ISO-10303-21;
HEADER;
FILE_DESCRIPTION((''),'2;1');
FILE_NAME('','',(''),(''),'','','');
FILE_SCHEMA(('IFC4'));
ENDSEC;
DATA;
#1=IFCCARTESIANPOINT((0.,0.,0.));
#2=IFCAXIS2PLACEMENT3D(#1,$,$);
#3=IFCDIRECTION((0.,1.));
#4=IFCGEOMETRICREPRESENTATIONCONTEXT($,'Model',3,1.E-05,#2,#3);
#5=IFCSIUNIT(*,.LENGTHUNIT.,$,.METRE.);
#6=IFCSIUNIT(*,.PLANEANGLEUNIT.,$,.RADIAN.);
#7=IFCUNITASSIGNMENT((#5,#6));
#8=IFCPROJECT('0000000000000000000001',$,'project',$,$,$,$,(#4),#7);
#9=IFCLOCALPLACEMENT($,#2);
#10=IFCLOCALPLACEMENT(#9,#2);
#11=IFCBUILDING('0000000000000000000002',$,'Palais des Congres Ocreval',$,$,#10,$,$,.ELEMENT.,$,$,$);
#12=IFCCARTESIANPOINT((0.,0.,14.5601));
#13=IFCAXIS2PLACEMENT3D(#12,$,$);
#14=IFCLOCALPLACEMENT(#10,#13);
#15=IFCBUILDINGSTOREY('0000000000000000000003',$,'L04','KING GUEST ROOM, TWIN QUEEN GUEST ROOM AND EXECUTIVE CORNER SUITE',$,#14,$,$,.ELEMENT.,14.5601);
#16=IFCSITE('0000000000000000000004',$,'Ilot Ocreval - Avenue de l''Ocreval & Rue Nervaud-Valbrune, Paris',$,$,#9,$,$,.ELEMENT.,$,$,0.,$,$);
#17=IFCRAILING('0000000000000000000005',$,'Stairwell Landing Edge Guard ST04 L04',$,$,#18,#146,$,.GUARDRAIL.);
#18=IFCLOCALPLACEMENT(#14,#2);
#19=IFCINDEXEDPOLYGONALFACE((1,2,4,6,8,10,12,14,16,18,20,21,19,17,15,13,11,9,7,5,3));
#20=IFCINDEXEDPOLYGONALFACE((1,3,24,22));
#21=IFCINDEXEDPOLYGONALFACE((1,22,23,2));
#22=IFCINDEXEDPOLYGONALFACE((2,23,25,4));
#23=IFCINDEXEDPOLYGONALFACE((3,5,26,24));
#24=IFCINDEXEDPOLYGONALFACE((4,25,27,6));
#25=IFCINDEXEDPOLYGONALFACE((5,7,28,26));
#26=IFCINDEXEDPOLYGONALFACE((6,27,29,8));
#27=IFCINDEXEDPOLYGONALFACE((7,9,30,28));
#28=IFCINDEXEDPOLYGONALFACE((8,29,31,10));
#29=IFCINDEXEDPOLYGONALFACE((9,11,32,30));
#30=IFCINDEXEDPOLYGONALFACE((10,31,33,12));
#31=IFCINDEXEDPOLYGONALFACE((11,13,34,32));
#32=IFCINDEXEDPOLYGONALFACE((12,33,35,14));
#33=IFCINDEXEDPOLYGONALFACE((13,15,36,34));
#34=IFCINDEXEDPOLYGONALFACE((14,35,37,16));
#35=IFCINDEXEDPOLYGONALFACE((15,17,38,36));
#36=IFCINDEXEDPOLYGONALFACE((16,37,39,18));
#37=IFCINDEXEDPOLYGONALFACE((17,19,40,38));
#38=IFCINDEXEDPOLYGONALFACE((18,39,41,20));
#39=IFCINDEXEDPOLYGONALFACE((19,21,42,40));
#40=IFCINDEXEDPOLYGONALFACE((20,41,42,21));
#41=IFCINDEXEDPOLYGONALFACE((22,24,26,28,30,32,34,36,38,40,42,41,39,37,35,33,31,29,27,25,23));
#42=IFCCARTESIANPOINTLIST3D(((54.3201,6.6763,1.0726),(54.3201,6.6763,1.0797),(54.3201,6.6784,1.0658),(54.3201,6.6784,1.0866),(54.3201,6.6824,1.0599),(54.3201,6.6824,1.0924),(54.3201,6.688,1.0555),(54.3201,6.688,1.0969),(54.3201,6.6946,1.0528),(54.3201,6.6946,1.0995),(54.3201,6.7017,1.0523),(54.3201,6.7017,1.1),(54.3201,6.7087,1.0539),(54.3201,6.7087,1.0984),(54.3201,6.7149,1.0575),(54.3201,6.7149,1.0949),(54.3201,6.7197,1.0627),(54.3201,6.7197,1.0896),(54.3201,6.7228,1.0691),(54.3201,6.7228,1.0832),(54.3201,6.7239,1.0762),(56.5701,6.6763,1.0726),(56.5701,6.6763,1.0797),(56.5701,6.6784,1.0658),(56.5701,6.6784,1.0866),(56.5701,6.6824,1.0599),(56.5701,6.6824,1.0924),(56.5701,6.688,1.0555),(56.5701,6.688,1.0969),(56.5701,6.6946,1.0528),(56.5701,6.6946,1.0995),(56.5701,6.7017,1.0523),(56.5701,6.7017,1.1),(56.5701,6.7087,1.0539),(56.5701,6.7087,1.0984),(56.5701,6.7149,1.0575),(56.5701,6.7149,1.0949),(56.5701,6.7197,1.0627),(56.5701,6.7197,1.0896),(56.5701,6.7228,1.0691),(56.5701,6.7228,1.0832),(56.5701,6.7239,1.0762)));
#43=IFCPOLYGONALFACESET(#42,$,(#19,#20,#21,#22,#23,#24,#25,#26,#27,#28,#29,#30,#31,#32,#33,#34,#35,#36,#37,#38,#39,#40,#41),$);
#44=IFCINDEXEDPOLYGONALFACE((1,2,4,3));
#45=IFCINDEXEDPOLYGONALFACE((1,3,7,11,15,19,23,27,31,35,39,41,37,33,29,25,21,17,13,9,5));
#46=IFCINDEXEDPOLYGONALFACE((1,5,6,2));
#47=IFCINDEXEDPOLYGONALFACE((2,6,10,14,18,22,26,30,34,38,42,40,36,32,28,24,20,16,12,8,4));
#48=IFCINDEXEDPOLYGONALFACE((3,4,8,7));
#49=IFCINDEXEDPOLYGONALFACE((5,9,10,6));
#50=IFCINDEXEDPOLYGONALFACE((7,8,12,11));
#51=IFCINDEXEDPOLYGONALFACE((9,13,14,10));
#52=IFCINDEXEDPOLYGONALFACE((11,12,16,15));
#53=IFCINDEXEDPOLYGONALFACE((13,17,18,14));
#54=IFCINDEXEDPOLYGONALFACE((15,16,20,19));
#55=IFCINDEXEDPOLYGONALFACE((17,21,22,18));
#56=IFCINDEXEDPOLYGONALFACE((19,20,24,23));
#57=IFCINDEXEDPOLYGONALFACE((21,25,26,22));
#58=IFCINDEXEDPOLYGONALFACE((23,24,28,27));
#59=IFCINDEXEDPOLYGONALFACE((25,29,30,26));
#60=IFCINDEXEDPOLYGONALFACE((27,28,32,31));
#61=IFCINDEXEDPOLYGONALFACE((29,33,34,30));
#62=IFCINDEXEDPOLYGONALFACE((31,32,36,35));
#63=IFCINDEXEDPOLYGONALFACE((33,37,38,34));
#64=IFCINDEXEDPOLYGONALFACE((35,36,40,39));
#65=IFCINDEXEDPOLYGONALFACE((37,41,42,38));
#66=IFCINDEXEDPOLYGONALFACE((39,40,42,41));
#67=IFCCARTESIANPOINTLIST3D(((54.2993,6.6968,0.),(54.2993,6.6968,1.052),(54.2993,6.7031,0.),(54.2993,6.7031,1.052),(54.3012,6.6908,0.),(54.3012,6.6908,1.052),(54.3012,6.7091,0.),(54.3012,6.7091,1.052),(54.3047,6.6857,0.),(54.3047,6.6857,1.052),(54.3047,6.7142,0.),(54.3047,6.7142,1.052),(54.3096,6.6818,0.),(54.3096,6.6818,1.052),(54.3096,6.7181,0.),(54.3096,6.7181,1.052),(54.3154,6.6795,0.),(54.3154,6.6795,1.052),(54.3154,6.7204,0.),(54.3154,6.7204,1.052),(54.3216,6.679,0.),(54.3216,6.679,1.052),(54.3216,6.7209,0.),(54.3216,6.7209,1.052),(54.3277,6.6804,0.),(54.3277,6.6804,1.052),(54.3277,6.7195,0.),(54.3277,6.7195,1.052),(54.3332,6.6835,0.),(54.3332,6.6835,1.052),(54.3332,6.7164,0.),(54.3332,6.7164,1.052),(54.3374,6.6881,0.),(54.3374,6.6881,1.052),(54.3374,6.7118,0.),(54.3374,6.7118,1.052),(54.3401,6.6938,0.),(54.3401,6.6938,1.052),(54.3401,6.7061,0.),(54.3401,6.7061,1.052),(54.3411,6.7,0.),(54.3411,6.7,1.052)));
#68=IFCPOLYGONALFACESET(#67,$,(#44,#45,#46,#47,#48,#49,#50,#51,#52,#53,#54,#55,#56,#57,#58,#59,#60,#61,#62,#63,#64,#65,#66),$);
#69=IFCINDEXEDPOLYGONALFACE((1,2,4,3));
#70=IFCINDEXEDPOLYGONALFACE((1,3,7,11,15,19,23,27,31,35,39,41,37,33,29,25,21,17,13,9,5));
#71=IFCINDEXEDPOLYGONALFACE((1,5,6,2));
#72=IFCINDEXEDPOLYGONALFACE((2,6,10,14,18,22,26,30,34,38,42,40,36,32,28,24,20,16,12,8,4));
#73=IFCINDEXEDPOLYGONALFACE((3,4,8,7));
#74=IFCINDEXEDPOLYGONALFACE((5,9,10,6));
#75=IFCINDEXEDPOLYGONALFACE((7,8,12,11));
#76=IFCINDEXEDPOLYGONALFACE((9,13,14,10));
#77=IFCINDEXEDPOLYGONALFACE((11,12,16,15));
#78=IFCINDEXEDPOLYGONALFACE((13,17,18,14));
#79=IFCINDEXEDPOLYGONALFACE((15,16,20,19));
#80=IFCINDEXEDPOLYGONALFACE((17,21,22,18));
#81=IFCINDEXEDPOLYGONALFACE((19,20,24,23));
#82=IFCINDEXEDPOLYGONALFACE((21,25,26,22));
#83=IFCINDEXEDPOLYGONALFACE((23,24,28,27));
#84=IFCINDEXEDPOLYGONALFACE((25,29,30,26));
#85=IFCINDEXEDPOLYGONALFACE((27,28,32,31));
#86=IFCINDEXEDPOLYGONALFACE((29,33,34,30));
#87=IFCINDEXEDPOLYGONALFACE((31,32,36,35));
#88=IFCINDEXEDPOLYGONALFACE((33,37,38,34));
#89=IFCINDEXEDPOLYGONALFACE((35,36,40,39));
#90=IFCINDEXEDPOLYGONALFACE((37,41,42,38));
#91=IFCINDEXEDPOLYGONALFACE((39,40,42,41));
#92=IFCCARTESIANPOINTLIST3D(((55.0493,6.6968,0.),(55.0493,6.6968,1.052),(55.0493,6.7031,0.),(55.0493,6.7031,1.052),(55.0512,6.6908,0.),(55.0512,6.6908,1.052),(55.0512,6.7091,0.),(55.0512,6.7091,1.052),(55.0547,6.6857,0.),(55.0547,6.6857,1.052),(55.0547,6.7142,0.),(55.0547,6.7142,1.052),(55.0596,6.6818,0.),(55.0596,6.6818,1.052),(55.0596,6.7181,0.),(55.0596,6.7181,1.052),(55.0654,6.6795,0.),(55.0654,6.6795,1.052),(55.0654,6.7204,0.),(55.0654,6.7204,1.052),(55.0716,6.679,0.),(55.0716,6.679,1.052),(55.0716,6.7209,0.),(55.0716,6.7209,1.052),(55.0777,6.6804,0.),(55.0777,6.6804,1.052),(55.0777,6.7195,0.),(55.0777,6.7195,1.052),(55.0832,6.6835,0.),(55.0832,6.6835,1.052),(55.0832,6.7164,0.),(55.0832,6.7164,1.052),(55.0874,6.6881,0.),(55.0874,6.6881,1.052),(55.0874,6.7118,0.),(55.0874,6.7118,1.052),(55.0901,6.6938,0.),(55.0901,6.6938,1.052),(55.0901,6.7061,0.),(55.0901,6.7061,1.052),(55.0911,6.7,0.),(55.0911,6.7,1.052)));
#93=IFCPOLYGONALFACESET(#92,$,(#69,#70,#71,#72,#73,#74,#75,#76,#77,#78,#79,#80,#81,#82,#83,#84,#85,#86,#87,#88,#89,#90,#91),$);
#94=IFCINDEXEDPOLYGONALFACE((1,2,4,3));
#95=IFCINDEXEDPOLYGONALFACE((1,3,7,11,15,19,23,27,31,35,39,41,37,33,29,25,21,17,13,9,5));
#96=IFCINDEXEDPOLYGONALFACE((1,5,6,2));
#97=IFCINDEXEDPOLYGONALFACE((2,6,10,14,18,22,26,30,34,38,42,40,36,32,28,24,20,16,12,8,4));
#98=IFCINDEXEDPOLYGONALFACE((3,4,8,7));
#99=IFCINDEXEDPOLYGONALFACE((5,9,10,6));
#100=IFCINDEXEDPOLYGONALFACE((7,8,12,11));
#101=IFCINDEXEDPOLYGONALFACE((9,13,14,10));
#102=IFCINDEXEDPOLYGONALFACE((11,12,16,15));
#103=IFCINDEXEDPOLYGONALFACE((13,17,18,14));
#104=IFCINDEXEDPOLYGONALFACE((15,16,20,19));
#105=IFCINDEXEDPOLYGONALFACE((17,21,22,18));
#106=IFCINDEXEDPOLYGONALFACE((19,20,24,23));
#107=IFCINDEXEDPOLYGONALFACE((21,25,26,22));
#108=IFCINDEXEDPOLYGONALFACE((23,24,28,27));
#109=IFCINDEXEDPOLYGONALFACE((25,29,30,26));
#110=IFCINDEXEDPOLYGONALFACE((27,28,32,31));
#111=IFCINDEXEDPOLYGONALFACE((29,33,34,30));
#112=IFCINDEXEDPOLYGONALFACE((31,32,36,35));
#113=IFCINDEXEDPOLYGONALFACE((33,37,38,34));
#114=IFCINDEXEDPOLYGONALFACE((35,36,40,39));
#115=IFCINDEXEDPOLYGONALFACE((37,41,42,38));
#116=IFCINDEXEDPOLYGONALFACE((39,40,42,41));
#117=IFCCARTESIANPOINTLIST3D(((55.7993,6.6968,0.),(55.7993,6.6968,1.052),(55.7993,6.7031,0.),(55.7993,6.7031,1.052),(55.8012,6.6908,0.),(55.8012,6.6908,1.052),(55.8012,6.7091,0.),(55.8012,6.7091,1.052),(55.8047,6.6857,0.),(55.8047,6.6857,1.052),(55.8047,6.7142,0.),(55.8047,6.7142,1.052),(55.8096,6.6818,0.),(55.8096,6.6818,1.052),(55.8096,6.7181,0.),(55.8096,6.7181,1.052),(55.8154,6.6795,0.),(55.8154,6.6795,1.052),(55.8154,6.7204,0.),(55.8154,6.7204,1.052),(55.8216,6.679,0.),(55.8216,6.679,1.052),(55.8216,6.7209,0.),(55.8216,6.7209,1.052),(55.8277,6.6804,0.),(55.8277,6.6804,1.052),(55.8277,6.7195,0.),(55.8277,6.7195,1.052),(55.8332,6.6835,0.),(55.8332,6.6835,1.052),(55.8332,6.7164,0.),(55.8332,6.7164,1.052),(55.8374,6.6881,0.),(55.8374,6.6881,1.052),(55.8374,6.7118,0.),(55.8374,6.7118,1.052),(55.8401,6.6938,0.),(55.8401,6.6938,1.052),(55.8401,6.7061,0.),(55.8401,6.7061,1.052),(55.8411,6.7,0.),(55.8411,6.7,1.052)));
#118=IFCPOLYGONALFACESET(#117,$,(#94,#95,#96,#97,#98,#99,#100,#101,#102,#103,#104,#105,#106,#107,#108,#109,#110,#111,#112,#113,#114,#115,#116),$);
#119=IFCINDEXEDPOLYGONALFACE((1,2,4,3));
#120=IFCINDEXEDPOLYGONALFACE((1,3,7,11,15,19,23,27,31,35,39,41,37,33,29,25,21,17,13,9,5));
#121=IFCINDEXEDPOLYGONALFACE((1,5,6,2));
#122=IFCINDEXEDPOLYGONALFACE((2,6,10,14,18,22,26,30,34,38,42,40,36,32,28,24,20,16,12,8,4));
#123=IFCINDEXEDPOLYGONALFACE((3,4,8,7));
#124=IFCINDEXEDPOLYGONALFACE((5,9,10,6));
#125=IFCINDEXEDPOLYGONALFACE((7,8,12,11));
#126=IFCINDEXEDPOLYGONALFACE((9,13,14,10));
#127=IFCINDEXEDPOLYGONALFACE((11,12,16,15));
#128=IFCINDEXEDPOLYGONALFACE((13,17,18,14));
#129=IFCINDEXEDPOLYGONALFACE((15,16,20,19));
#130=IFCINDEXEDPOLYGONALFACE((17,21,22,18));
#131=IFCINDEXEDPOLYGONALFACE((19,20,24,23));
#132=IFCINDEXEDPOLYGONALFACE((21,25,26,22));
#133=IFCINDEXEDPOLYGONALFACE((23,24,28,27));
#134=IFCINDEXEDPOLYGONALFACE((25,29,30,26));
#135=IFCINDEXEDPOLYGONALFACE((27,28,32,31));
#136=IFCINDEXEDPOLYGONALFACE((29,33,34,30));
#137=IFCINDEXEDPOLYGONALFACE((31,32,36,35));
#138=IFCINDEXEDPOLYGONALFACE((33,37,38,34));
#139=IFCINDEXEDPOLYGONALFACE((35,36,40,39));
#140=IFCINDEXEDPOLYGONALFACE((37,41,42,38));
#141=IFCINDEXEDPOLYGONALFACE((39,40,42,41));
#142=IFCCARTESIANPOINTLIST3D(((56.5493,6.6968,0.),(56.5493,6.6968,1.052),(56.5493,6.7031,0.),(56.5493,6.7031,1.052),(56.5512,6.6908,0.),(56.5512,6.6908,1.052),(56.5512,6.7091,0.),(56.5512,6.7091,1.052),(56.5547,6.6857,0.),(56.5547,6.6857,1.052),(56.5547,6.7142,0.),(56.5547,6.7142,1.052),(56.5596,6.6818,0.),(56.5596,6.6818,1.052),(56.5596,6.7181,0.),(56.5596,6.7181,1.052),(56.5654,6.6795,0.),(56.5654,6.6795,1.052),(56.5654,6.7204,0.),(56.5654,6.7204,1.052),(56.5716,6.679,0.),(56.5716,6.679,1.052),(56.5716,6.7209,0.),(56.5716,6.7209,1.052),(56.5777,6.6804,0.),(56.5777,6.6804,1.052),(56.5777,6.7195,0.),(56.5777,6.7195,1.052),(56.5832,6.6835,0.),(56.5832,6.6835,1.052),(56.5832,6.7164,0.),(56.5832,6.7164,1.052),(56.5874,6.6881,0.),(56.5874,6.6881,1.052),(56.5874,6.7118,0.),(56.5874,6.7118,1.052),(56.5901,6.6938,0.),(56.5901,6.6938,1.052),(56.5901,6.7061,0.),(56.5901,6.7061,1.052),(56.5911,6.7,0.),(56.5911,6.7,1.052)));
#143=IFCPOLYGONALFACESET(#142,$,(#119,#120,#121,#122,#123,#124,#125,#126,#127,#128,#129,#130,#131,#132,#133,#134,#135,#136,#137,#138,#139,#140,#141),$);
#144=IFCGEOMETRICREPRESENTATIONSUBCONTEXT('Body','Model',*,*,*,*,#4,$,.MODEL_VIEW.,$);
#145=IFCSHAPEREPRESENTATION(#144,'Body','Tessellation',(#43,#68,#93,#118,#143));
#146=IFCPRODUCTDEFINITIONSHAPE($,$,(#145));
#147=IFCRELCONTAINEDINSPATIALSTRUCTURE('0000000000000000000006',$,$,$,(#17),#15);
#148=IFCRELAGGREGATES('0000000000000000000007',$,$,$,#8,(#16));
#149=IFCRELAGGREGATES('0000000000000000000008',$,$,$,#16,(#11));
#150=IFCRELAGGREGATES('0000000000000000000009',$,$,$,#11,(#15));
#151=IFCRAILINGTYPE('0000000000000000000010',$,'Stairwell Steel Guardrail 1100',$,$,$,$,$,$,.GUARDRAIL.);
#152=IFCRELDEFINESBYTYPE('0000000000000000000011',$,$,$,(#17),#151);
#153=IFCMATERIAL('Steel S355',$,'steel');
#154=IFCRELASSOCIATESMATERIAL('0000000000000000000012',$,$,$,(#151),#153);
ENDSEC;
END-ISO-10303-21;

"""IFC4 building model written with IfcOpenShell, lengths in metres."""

from ifc_helpers import new_model, si_unit, direction, frame, origin, origin_2d, place, context, subcontext, project, spatial, circle, extrude, material, type_object, element, save


model = new_model("IFC4")

# Units and contexts
model_context = context("Model", 3, precision=1e-05, world=origin(), true_north=direction((0.0, 1.0)))
body_context = subcontext(model_context, "Body", "Model", "MODEL_VIEW")
ifc_project = project(units=[si_unit("LENGTHUNIT", "METRE"), si_unit("PLANEANGLEUNIT", "RADIAN")], contexts=[model_context])

# Site, building, storey
site_placement = place(None, origin())
site = spatial("IfcSite", under=ifc_project, at=site_placement, Name="Ilot Ocreval - Avenue de l'Ocreval & Rue Nervaud-Valbrune, Paris", CompositionType="ELEMENT", RefElevation=0.0)
building_placement = place(site_placement, origin())
building = spatial("IfcBuilding", under=site, at=building_placement, Name="Palais des Congres Ocreval", CompositionType="ELEMENT")
storey_placement = place(building_placement, frame((0.0, 0.0, 14.5601)))
storey = spatial("IfcBuildingStorey", under=building, at=storey_placement, Name="L04", Description="KING GUEST ROOM, TWIN QUEEN GUEST ROOM AND EXECUTIVE CORNER SUITE", CompositionType="ELEMENT", Elevation=14.5601)

# Shared definitions
ifc_material_1 = material(Name="Steel S355", Category="steel")

# Railing
railing_type = type_object("IfcRailingType", Name="Stairwell Steel Guardrail 1100", PredefinedType="GUARDRAIL", material=ifc_material_1)
railing_1_placement = place(storey_placement, frame((54.3201, 6.7, 0.0)))
element("IfcRailing", 1, at=railing_1_placement, inside=storey, type_object=railing_type, Name="Stairwell Landing Edge Guard ST04 L04", PredefinedType="GUARDRAIL", context=body_context, shape_type="SweptSolid", body=[
    extrude(circle(Radius=0.0239, at=origin_2d()), frame((0.0, 0.0, 1.0762), z_axis=(1.0, 0.0, 0.0), x_axis=(0.0, 1.0, 0.0)), (0.0, 0.0, 1.0), 2.25),
    extrude(circle(Radius=0.021, at=origin_2d()), origin(), (0.0, 0.0, 1.0), 1.052),
    extrude(circle(Radius=0.021, at=origin_2d()), frame((0.75, 0.0, 0.0)), (0.0, 0.0, 1.0), 1.052),
    extrude(circle(Radius=0.021, at=origin_2d()), frame((1.5, 0.0, 0.0)), (0.0, 0.0, 1.0), 1.052),
    extrude(circle(Radius=0.021, at=origin_2d()), frame((2.25, 0.0, 0.0)), (0.0, 0.0, 1.0), 1.052),
])

save(model, "model.ifc")
